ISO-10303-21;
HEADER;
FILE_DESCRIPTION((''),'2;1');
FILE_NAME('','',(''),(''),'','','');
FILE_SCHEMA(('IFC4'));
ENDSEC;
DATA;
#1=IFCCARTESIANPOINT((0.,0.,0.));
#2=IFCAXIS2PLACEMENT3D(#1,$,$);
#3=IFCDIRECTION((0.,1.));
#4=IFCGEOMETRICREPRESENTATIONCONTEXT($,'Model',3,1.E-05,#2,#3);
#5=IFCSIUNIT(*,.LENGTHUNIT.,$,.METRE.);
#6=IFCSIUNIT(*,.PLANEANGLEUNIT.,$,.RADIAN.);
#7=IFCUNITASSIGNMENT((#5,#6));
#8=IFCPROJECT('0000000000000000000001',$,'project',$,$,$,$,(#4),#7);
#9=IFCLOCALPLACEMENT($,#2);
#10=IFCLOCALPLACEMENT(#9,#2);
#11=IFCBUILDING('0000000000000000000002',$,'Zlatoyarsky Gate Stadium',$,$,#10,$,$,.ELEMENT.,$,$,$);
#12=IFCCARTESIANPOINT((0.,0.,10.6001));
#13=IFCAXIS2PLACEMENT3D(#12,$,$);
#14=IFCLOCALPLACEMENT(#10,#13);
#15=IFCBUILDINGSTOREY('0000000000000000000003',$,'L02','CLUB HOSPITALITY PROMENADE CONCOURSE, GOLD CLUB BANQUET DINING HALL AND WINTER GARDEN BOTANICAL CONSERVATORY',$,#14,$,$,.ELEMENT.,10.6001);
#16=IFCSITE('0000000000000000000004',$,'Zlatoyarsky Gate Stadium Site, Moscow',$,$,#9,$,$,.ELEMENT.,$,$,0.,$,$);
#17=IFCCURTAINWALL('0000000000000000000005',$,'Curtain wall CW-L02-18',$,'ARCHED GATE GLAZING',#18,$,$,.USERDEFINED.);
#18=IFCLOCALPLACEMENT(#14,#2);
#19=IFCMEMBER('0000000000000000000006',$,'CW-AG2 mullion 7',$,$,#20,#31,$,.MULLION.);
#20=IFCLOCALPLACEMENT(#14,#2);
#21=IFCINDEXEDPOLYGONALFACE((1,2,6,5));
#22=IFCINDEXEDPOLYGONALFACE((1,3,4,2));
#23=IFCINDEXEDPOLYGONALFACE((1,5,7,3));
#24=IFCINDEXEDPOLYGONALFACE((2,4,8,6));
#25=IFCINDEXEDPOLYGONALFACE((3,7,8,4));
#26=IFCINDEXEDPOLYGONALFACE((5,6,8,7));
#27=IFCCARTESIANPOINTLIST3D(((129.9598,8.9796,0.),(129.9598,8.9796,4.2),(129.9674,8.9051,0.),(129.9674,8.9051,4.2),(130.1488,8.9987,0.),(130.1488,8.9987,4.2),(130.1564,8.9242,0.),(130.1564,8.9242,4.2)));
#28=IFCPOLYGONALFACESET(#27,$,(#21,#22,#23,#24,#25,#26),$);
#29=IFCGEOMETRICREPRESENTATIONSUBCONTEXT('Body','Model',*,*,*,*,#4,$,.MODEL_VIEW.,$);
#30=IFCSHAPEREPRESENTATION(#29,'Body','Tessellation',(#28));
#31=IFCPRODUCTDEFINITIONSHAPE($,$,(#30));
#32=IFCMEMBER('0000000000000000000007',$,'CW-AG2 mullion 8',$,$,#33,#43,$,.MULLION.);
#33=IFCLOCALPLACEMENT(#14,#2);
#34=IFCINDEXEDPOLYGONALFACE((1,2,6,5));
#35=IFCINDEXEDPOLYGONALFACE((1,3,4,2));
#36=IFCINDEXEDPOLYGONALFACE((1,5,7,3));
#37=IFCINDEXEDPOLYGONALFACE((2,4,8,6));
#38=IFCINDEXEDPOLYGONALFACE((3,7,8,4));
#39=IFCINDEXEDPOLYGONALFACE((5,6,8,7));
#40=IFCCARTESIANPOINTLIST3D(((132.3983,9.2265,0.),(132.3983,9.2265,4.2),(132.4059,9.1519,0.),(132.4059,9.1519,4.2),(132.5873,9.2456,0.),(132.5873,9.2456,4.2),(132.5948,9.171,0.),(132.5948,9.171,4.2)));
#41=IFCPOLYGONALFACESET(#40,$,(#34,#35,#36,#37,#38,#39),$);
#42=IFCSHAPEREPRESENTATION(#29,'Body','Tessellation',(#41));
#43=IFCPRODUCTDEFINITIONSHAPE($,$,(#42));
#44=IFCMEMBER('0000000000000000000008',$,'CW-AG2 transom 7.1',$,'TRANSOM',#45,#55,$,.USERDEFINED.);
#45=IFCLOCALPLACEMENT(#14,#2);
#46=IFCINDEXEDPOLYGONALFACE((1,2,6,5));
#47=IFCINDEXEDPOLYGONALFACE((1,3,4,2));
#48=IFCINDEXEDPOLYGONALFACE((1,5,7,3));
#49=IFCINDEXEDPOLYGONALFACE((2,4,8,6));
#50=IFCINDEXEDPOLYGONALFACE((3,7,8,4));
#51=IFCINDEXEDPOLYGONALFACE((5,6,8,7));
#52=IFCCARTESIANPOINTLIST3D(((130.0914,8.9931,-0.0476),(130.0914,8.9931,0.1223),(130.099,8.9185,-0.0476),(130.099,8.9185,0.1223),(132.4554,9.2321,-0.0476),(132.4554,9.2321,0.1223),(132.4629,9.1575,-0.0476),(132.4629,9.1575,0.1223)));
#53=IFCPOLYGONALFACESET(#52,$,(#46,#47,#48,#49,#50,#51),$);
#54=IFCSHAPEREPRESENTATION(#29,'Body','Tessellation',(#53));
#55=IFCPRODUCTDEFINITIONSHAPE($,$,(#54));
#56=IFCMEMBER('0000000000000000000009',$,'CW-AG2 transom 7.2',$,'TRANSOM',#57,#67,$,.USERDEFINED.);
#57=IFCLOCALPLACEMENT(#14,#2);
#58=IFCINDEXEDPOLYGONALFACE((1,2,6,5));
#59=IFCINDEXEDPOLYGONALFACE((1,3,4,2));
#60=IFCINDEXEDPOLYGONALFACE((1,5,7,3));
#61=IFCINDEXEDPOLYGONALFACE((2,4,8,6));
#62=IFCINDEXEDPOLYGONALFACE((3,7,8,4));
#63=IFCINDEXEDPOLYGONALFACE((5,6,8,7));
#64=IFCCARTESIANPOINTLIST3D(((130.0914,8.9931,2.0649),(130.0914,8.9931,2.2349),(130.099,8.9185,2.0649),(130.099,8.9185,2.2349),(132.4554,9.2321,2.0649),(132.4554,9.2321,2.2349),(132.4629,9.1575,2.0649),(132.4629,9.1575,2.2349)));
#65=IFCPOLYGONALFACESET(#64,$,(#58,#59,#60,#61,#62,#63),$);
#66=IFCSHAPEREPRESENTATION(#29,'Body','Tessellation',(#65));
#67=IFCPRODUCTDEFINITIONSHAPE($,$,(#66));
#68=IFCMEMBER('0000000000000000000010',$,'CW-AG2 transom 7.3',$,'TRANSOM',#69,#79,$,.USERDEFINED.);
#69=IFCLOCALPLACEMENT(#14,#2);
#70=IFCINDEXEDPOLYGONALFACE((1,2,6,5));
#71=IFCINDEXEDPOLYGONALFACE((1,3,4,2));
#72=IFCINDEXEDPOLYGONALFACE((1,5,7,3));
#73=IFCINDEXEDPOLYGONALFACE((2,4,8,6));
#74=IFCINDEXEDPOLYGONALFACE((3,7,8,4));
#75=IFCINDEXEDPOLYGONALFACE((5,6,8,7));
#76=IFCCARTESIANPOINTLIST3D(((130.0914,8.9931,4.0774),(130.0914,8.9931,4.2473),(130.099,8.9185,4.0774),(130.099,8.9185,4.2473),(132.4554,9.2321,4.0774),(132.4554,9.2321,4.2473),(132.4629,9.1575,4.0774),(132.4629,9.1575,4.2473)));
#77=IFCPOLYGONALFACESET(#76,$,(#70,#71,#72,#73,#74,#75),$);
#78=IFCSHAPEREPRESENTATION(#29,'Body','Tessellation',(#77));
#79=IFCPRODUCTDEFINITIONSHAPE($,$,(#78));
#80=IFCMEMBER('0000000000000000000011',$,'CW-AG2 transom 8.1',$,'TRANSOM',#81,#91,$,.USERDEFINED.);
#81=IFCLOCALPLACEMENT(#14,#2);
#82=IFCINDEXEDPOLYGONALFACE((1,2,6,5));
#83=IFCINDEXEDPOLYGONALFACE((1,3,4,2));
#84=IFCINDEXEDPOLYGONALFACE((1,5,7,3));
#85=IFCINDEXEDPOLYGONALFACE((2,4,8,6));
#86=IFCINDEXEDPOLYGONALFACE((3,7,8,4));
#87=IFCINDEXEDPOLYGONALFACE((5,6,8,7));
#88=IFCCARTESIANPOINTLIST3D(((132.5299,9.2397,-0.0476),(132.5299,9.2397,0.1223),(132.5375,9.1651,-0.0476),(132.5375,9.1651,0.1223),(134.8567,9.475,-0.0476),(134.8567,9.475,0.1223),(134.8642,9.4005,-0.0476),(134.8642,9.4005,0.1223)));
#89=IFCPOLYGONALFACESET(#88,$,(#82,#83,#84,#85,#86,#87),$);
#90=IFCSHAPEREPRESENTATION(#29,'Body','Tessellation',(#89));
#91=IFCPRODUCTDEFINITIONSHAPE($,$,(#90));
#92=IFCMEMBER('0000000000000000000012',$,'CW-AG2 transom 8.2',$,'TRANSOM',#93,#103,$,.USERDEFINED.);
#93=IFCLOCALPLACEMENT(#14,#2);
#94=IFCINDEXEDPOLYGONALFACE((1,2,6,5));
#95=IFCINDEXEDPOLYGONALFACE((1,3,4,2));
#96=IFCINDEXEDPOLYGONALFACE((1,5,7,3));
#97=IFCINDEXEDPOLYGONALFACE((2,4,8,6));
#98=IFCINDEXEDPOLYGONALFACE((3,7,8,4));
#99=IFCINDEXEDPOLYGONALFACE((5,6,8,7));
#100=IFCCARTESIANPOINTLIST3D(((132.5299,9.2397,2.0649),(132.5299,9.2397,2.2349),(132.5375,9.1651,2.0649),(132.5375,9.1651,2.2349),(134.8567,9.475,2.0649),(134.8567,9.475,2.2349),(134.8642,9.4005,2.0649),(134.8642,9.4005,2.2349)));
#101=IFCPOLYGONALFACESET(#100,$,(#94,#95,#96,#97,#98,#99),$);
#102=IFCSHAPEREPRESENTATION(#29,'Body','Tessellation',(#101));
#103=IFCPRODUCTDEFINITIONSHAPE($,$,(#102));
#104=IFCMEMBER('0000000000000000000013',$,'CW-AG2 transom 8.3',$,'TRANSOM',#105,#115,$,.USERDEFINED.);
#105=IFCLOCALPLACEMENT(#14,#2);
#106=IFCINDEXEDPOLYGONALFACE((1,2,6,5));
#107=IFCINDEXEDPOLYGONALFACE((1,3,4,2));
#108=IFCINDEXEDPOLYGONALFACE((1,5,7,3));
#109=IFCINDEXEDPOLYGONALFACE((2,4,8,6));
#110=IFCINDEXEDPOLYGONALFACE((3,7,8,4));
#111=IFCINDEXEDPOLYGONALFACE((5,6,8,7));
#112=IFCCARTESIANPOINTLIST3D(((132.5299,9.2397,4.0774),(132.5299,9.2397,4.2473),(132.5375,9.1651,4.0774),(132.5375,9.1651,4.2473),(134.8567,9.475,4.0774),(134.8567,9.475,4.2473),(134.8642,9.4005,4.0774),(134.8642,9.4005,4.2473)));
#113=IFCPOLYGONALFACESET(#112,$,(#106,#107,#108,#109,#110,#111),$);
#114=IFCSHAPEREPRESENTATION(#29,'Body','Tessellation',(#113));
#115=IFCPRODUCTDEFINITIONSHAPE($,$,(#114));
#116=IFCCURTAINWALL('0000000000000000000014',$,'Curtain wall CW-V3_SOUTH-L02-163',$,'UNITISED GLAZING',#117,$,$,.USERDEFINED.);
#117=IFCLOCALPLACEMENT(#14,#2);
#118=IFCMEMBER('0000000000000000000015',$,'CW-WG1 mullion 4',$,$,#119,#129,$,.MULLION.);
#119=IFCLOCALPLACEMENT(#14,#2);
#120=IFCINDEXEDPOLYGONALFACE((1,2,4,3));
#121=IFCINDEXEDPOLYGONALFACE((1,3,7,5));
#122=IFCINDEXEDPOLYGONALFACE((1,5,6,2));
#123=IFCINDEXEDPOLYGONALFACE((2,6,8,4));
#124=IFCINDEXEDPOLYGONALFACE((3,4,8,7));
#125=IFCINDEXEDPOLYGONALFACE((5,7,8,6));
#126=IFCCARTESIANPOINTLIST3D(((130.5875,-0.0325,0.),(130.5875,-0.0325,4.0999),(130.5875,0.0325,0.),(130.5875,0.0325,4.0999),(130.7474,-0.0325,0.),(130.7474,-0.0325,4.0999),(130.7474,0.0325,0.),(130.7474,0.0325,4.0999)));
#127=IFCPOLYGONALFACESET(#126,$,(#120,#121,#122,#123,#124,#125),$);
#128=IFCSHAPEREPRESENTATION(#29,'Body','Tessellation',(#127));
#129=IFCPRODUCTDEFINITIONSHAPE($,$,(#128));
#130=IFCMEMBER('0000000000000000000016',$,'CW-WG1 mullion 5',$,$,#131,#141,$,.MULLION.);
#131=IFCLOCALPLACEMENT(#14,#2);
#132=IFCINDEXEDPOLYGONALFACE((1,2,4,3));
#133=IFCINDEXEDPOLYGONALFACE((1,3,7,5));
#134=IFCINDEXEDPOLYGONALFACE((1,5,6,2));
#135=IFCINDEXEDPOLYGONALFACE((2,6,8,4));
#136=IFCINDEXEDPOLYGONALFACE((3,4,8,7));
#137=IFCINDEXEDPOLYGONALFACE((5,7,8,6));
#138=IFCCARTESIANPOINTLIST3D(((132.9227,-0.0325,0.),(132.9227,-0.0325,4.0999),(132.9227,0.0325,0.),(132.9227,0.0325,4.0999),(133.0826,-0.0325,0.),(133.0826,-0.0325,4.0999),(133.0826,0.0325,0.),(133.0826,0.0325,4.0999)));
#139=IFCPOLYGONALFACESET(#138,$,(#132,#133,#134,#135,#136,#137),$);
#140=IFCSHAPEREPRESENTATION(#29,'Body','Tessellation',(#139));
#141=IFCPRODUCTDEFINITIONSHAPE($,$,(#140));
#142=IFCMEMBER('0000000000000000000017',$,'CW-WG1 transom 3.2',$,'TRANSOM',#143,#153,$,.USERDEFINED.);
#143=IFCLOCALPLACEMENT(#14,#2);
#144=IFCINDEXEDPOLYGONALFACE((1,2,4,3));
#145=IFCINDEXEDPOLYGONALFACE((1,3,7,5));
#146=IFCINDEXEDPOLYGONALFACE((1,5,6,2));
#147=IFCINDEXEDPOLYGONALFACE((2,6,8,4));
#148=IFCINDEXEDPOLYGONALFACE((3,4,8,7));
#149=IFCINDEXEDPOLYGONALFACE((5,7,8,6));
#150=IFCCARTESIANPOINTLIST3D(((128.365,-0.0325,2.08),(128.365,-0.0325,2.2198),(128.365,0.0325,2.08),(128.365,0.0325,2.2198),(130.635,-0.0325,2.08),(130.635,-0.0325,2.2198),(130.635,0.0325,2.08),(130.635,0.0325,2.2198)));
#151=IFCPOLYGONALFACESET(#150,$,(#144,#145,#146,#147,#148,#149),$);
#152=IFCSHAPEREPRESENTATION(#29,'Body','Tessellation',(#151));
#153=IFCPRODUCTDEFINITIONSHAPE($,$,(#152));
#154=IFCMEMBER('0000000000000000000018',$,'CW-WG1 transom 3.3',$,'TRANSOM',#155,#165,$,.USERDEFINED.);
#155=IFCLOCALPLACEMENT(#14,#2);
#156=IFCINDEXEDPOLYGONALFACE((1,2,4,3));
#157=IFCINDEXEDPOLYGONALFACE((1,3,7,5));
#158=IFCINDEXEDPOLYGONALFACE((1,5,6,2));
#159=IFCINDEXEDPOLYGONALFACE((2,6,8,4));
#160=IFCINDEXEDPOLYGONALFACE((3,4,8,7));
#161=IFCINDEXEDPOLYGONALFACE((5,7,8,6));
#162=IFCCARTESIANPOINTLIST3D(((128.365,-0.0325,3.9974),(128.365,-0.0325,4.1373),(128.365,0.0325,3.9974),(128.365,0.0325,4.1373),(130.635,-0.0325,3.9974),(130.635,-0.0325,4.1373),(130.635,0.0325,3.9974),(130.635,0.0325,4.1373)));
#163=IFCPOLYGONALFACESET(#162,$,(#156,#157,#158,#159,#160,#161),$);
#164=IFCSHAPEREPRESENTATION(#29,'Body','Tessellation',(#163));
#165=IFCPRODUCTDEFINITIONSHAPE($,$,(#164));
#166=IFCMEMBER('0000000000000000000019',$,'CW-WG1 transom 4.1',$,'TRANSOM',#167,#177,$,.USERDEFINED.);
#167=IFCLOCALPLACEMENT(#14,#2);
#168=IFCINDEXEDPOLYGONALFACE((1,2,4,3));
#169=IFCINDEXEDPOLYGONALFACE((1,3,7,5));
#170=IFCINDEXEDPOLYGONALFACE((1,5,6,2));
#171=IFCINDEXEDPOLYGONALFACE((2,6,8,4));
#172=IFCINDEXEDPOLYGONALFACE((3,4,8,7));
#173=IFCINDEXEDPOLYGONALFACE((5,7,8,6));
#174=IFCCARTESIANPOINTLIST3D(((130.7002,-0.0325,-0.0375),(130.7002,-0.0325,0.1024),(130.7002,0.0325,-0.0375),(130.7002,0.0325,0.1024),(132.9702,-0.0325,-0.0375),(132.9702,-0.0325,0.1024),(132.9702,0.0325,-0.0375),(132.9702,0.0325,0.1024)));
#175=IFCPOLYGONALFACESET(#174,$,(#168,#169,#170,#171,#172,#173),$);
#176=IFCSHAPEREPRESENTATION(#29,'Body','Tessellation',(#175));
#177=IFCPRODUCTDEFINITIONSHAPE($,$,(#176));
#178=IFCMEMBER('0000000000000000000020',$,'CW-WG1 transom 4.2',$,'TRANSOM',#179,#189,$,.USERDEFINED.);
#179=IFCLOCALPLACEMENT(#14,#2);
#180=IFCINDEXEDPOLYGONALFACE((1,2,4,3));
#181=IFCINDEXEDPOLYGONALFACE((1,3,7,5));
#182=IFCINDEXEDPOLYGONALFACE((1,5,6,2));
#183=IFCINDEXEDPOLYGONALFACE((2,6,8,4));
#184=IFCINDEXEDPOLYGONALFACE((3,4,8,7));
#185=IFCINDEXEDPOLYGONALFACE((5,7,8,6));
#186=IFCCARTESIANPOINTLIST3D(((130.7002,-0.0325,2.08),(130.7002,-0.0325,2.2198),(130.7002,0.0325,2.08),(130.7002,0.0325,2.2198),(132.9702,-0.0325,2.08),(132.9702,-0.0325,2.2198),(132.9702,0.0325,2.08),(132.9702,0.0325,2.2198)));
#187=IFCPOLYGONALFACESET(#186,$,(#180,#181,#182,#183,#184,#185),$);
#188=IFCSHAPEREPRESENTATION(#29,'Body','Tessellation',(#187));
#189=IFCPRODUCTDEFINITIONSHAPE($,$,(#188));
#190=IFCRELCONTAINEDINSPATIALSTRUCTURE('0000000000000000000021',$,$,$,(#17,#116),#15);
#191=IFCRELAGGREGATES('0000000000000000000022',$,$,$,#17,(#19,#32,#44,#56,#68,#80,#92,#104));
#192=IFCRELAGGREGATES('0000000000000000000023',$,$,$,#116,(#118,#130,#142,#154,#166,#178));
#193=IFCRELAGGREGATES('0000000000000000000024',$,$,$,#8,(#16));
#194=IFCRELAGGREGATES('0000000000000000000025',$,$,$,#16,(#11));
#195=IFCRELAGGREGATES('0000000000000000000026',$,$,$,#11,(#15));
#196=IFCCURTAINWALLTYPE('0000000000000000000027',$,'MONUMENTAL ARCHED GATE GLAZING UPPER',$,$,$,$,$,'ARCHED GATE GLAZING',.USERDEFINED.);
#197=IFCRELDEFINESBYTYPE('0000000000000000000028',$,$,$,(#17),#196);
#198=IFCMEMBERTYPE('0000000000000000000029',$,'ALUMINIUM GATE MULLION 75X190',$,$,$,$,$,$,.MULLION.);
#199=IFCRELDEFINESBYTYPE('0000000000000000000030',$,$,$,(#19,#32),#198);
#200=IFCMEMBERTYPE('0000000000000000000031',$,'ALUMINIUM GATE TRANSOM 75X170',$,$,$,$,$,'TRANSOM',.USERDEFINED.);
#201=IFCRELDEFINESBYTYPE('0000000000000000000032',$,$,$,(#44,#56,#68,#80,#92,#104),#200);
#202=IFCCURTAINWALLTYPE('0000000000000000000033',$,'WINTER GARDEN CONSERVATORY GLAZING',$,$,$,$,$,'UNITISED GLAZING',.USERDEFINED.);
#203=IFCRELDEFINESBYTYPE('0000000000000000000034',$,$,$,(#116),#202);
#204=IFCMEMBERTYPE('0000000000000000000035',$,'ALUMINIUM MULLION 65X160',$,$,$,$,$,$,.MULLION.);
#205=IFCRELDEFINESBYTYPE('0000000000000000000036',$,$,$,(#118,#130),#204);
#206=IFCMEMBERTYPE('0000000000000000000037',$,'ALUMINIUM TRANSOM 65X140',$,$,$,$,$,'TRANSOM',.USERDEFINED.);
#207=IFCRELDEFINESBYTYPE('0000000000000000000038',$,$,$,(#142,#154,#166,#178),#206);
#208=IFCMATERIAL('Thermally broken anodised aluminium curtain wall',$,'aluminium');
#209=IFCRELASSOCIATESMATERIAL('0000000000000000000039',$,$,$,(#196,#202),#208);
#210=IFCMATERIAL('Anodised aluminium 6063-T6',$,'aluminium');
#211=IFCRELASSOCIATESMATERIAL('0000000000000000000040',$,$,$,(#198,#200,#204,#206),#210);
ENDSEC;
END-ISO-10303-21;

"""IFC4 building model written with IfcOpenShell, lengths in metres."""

from ifc_helpers import new_model, si_unit, direction, frame, origin, origin_2d, place, context, subcontext, project, spatial, rectangle, extrude, material, material_profile, profile_set, type_object, element, aggregate, save


model = new_model("IFC4")

# Units and contexts
model_context = context("Model", 3, precision=1e-05, world=origin(), true_north=direction((0.0, 1.0)))
body_context = subcontext(model_context, "Body", "Model", "MODEL_VIEW")
ifc_project = project(units=[si_unit("LENGTHUNIT", "METRE"), si_unit("PLANEANGLEUNIT", "RADIAN")], contexts=[model_context])

# Site, building, storey
site_placement = place(None, origin())
site = spatial("IfcSite", under=ifc_project, at=site_placement, Name="Zlatoyarsky Gate Stadium Site, Moscow", CompositionType="ELEMENT", RefElevation=0.0)
building_placement = place(site_placement, origin())
building = spatial("IfcBuilding", under=site, at=building_placement, Name="Zlatoyarsky Gate Stadium", CompositionType="ELEMENT")
storey_placement = place(building_placement, frame((0.0, 0.0, 10.6001)))
storey = spatial("IfcBuildingStorey", under=building, at=storey_placement, Name="L02", Description="CLUB HOSPITALITY PROMENADE CONCOURSE, GOLD CLUB BANQUET DINING HALL AND WINTER GARDEN BOTANICAL CONSERVATORY", CompositionType="ELEMENT", Elevation=10.6001)

# Curtain walls, members
ifc_material_1 = material(Name="Thermally broken anodised aluminium curtain wall", Category="aluminium")
curtain_wall_type_1 = type_object("IfcCurtainWallType", Name="MONUMENTAL ARCHED GATE GLAZING UPPER", ElementType="ARCHED GATE GLAZING", PredefinedType="USERDEFINED", material=ifc_material_1)
curtain_wall_1_placement = place(storey_placement, origin())
curtain_wall_1 = element("IfcCurtainWall", 1, at=curtain_wall_1_placement, inside=storey, type_object=curtain_wall_type_1, Name="Curtain wall CW-L02-18", ObjectType="ARCHED GATE GLAZING", PredefinedType="USERDEFINED")
ifc_material_2 = material(Name="Anodised aluminium 6063-T6", Category="aluminium")
ifc_material_profile_1 = material_profile(ifc_material_2, rectangle(XDim=0.075, YDim=0.1899, at=origin_2d()), Name="ALU 75X190")
ifc_profile_set_1 = profile_set([ifc_material_profile_1], Name="Anodised aluminium 6063-T6")
member_type_1 = type_object("IfcMemberType", Name="ALUMINIUM GATE MULLION 75X190", PredefinedType="MULLION", material=ifc_profile_set_1)
member_1_placement = place(storey_placement, frame((130.0581, 8.9519, 0.0), z_axis=(0.0, 0.0, 1.0), x_axis=(-0.100642, 0.994923, 0.0)))
member_1 = element("IfcMember", 2, at=member_1_placement, type_object=member_type_1, Name="CW-AG2 mullion 7", PredefinedType="MULLION", context=body_context, shape_type="SweptSolid", body=[
    extrude(rectangle(XDim=0.075, YDim=0.1899, at=origin_2d()), origin(), (0.0, 0.0, 1.0), 4.2),
])
member_2_placement = place(storey_placement, frame((132.4966, 9.1987, 0.0), z_axis=(0.0, 0.0, 1.0), x_axis=(-0.100642, 0.994923, 0.0)))
member_2 = element("IfcMember", 3, at=member_2_placement, type_object=member_type_1, Name="CW-AG2 mullion 8", PredefinedType="MULLION", context=body_context, shape_type="SweptSolid", body=[
    extrude(rectangle(XDim=0.075, YDim=0.1899, at=origin_2d()), origin(), (0.0, 0.0, 1.0), 4.2),
])
ifc_material_profile_2 = material_profile(ifc_material_2, rectangle(XDim=0.075, YDim=0.1699, at=origin_2d()), Name="ALU 75X170")
ifc_profile_set_2 = profile_set([ifc_material_profile_2], Name="Anodised aluminium 6063-T6")
member_type_2 = type_object("IfcMemberType", Name="ALUMINIUM GATE TRANSOM 75X170", ElementType="TRANSOM", PredefinedType="USERDEFINED", material=ifc_profile_set_2)
member_3_placement = place(storey_placement, frame((130.0952, 8.9558, 0.0374), z_axis=(0.994928, 0.100592, 0.0), x_axis=(-0.100592, 0.994928, 0.0)))
member_3 = element("IfcMember", 4, at=member_3_placement, type_object=member_type_2, Name="CW-AG2 transom 7.1", ObjectType="TRANSOM", PredefinedType="USERDEFINED", context=body_context, shape_type="SweptSolid", body=[
    extrude(rectangle(XDim=0.075, YDim=0.1699, at=origin_2d()), origin(), (0.0, 0.0, 1.0), 2.376),
])
member_4_placement = place(storey_placement, frame((130.0952, 8.9558, 2.1499), z_axis=(0.994928, 0.100592, 0.0), x_axis=(-0.100592, 0.994928, 0.0)))
member_4 = element("IfcMember", 5, at=member_4_placement, type_object=member_type_2, Name="CW-AG2 transom 7.2", ObjectType="TRANSOM", PredefinedType="USERDEFINED", context=body_context, shape_type="SweptSolid", body=[
    extrude(rectangle(XDim=0.075, YDim=0.1699, at=origin_2d()), origin(), (0.0, 0.0, 1.0), 2.376),
])
member_5_placement = place(storey_placement, frame((130.0952, 8.9558, 4.1624), z_axis=(0.994928, 0.100592, 0.0), x_axis=(-0.100592, 0.994928, 0.0)))
member_5 = element("IfcMember", 6, at=member_5_placement, type_object=member_type_2, Name="CW-AG2 transom 7.3", ObjectType="TRANSOM", PredefinedType="USERDEFINED", context=body_context, shape_type="SweptSolid", body=[
    extrude(rectangle(XDim=0.075, YDim=0.1699, at=origin_2d()), origin(), (0.0, 0.0, 1.0), 2.376),
])
member_6_placement = place(storey_placement, frame((132.5337, 9.2024, 0.0374), z_axis=(0.994923, 0.100641, 0.0), x_axis=(-0.100641, 0.994923, 0.0)))
member_6 = element("IfcMember", 7, at=member_6_placement, type_object=member_type_2, Name="CW-AG2 transom 8.1", ObjectType="TRANSOM", PredefinedType="USERDEFINED", context=body_context, shape_type="SweptSolid", body=[
    extrude(rectangle(XDim=0.075, YDim=0.1699, at=origin_2d()), origin(), (0.0, 0.0, 1.0), 2.3386),
])
member_7_placement = place(storey_placement, frame((132.5337, 9.2024, 2.1499), z_axis=(0.994923, 0.100641, 0.0), x_axis=(-0.100641, 0.994923, 0.0)))
member_7 = element("IfcMember", 8, at=member_7_placement, type_object=member_type_2, Name="CW-AG2 transom 8.2", ObjectType="TRANSOM", PredefinedType="USERDEFINED", context=body_context, shape_type="SweptSolid", body=[
    extrude(rectangle(XDim=0.075, YDim=0.1699, at=origin_2d()), origin(), (0.0, 0.0, 1.0), 2.3386),
])
member_8_placement = place(storey_placement, frame((132.5337, 9.2024, 4.1624), z_axis=(0.994923, 0.100641, 0.0), x_axis=(-0.100641, 0.994923, 0.0)))
member_8 = element("IfcMember", 9, at=member_8_placement, type_object=member_type_2, Name="CW-AG2 transom 8.3", ObjectType="TRANSOM", PredefinedType="USERDEFINED", context=body_context, shape_type="SweptSolid", body=[
    extrude(rectangle(XDim=0.075, YDim=0.1699, at=origin_2d()), origin(), (0.0, 0.0, 1.0), 2.3386),
])
curtain_wall_type_2 = type_object("IfcCurtainWallType", Name="WINTER GARDEN CONSERVATORY GLAZING", ElementType="UNITISED GLAZING", PredefinedType="USERDEFINED", material=ifc_material_1)
curtain_wall_2_placement = place(storey_placement, origin())
curtain_wall_2 = element("IfcCurtainWall", 10, at=curtain_wall_2_placement, inside=storey, type_object=curtain_wall_type_2, Name="Curtain wall CW-V3_SOUTH-L02-163", ObjectType="UNITISED GLAZING", PredefinedType="USERDEFINED")
ifc_material_profile_3 = material_profile(ifc_material_2, rectangle(XDim=0.0649, YDim=0.1599, at=origin_2d()), Name="ALU 65X160")
ifc_profile_set_3 = profile_set([ifc_material_profile_3], Name="Anodised aluminium 6063-T6")
member_type_3 = type_object("IfcMemberType", Name="ALUMINIUM MULLION 65X160", PredefinedType="MULLION", material=ifc_profile_set_3)
member_9_placement = place(storey_placement, frame((130.6675, 0.0, 0.0), z_axis=(0.0, 0.0, 1.0), x_axis=(0.0, 1.0, 0.0)))
member_9 = element("IfcMember", 11, at=member_9_placement, type_object=member_type_3, Name="CW-WG1 mullion 4", PredefinedType="MULLION", context=body_context, shape_type="SweptSolid", body=[
    extrude(rectangle(XDim=0.0649, YDim=0.1599, at=origin_2d()), origin(), (0.0, 0.0, 1.0), 4.0999),
])
member_10_placement = place(storey_placement, frame((133.0027, 0.0, 0.0), z_axis=(0.0, 0.0, 1.0), x_axis=(0.0, 1.0, 0.0)))
member_10 = element("IfcMember", 12, at=member_10_placement, type_object=member_type_3, Name="CW-WG1 mullion 5", PredefinedType="MULLION", context=body_context, shape_type="SweptSolid", body=[
    extrude(rectangle(XDim=0.0649, YDim=0.1599, at=origin_2d()), origin(), (0.0, 0.0, 1.0), 4.0999),
])
ifc_material_profile_4 = material_profile(ifc_material_2, rectangle(XDim=0.0649, YDim=0.1399, at=origin_2d()), Name="ALU 65X140")
ifc_profile_set_4 = profile_set([ifc_material_profile_4], Name="Anodised aluminium 6063-T6")
member_type_4 = type_object("IfcMemberType", Name="ALUMINIUM TRANSOM 65X140", ElementType="TRANSOM", PredefinedType="USERDEFINED", material=ifc_profile_set_4)
member_11_placement = place(storey_placement, frame((128.365, 0.0, 2.1499), z_axis=(1.0, 0.0, 0.0), x_axis=(0.0, 1.0, 0.0)))
member_11 = element("IfcMember", 13, at=member_11_placement, type_object=member_type_4, Name="CW-WG1 transom 3.2", ObjectType="TRANSOM", PredefinedType="USERDEFINED", context=body_context, shape_type="SweptSolid", body=[
    extrude(rectangle(XDim=0.0649, YDim=0.1399, at=origin_2d()), origin(), (0.0, 0.0, 1.0), 2.27),
])
member_12_placement = place(storey_placement, frame((128.365, 0.0, 4.0674), z_axis=(1.0, 0.0, 0.0), x_axis=(0.0, 1.0, 0.0)))
member_12 = element("IfcMember", 14, at=member_12_placement, type_object=member_type_4, Name="CW-WG1 transom 3.3", ObjectType="TRANSOM", PredefinedType="USERDEFINED", context=body_context, shape_type="SweptSolid", body=[
    extrude(rectangle(XDim=0.0649, YDim=0.1399, at=origin_2d()), origin(), (0.0, 0.0, 1.0), 2.27),
])
member_13_placement = place(storey_placement, frame((130.7002, 0.0, 0.0325), z_axis=(1.0, 0.0, 0.0), x_axis=(0.0, 1.0, 0.0)))
member_13 = element("IfcMember", 15, at=member_13_placement, type_object=member_type_4, Name="CW-WG1 transom 4.1", ObjectType="TRANSOM", PredefinedType="USERDEFINED", context=body_context, shape_type="SweptSolid", body=[
    extrude(rectangle(XDim=0.0649, YDim=0.1399, at=origin_2d()), origin(), (0.0, 0.0, 1.0), 2.27),
])
member_14_placement = place(storey_placement, frame((130.7002, 0.0, 2.1499), z_axis=(1.0, 0.0, 0.0), x_axis=(0.0, 1.0, 0.0)))
member_14 = element("IfcMember", 16, at=member_14_placement, type_object=member_type_4, Name="CW-WG1 transom 4.2", ObjectType="TRANSOM", PredefinedType="USERDEFINED", context=body_context, shape_type="SweptSolid", body=[
    extrude(rectangle(XDim=0.0649, YDim=0.1399, at=origin_2d()), origin(), (0.0, 0.0, 1.0), 2.27),
])

aggregate(curtain_wall_1, [member_1, member_2, member_3, member_4, member_5, member_6, member_7, member_8])
aggregate(curtain_wall_2, [member_9, member_10, member_11, member_12, member_13, member_14])

save(model, "model.ifc")
